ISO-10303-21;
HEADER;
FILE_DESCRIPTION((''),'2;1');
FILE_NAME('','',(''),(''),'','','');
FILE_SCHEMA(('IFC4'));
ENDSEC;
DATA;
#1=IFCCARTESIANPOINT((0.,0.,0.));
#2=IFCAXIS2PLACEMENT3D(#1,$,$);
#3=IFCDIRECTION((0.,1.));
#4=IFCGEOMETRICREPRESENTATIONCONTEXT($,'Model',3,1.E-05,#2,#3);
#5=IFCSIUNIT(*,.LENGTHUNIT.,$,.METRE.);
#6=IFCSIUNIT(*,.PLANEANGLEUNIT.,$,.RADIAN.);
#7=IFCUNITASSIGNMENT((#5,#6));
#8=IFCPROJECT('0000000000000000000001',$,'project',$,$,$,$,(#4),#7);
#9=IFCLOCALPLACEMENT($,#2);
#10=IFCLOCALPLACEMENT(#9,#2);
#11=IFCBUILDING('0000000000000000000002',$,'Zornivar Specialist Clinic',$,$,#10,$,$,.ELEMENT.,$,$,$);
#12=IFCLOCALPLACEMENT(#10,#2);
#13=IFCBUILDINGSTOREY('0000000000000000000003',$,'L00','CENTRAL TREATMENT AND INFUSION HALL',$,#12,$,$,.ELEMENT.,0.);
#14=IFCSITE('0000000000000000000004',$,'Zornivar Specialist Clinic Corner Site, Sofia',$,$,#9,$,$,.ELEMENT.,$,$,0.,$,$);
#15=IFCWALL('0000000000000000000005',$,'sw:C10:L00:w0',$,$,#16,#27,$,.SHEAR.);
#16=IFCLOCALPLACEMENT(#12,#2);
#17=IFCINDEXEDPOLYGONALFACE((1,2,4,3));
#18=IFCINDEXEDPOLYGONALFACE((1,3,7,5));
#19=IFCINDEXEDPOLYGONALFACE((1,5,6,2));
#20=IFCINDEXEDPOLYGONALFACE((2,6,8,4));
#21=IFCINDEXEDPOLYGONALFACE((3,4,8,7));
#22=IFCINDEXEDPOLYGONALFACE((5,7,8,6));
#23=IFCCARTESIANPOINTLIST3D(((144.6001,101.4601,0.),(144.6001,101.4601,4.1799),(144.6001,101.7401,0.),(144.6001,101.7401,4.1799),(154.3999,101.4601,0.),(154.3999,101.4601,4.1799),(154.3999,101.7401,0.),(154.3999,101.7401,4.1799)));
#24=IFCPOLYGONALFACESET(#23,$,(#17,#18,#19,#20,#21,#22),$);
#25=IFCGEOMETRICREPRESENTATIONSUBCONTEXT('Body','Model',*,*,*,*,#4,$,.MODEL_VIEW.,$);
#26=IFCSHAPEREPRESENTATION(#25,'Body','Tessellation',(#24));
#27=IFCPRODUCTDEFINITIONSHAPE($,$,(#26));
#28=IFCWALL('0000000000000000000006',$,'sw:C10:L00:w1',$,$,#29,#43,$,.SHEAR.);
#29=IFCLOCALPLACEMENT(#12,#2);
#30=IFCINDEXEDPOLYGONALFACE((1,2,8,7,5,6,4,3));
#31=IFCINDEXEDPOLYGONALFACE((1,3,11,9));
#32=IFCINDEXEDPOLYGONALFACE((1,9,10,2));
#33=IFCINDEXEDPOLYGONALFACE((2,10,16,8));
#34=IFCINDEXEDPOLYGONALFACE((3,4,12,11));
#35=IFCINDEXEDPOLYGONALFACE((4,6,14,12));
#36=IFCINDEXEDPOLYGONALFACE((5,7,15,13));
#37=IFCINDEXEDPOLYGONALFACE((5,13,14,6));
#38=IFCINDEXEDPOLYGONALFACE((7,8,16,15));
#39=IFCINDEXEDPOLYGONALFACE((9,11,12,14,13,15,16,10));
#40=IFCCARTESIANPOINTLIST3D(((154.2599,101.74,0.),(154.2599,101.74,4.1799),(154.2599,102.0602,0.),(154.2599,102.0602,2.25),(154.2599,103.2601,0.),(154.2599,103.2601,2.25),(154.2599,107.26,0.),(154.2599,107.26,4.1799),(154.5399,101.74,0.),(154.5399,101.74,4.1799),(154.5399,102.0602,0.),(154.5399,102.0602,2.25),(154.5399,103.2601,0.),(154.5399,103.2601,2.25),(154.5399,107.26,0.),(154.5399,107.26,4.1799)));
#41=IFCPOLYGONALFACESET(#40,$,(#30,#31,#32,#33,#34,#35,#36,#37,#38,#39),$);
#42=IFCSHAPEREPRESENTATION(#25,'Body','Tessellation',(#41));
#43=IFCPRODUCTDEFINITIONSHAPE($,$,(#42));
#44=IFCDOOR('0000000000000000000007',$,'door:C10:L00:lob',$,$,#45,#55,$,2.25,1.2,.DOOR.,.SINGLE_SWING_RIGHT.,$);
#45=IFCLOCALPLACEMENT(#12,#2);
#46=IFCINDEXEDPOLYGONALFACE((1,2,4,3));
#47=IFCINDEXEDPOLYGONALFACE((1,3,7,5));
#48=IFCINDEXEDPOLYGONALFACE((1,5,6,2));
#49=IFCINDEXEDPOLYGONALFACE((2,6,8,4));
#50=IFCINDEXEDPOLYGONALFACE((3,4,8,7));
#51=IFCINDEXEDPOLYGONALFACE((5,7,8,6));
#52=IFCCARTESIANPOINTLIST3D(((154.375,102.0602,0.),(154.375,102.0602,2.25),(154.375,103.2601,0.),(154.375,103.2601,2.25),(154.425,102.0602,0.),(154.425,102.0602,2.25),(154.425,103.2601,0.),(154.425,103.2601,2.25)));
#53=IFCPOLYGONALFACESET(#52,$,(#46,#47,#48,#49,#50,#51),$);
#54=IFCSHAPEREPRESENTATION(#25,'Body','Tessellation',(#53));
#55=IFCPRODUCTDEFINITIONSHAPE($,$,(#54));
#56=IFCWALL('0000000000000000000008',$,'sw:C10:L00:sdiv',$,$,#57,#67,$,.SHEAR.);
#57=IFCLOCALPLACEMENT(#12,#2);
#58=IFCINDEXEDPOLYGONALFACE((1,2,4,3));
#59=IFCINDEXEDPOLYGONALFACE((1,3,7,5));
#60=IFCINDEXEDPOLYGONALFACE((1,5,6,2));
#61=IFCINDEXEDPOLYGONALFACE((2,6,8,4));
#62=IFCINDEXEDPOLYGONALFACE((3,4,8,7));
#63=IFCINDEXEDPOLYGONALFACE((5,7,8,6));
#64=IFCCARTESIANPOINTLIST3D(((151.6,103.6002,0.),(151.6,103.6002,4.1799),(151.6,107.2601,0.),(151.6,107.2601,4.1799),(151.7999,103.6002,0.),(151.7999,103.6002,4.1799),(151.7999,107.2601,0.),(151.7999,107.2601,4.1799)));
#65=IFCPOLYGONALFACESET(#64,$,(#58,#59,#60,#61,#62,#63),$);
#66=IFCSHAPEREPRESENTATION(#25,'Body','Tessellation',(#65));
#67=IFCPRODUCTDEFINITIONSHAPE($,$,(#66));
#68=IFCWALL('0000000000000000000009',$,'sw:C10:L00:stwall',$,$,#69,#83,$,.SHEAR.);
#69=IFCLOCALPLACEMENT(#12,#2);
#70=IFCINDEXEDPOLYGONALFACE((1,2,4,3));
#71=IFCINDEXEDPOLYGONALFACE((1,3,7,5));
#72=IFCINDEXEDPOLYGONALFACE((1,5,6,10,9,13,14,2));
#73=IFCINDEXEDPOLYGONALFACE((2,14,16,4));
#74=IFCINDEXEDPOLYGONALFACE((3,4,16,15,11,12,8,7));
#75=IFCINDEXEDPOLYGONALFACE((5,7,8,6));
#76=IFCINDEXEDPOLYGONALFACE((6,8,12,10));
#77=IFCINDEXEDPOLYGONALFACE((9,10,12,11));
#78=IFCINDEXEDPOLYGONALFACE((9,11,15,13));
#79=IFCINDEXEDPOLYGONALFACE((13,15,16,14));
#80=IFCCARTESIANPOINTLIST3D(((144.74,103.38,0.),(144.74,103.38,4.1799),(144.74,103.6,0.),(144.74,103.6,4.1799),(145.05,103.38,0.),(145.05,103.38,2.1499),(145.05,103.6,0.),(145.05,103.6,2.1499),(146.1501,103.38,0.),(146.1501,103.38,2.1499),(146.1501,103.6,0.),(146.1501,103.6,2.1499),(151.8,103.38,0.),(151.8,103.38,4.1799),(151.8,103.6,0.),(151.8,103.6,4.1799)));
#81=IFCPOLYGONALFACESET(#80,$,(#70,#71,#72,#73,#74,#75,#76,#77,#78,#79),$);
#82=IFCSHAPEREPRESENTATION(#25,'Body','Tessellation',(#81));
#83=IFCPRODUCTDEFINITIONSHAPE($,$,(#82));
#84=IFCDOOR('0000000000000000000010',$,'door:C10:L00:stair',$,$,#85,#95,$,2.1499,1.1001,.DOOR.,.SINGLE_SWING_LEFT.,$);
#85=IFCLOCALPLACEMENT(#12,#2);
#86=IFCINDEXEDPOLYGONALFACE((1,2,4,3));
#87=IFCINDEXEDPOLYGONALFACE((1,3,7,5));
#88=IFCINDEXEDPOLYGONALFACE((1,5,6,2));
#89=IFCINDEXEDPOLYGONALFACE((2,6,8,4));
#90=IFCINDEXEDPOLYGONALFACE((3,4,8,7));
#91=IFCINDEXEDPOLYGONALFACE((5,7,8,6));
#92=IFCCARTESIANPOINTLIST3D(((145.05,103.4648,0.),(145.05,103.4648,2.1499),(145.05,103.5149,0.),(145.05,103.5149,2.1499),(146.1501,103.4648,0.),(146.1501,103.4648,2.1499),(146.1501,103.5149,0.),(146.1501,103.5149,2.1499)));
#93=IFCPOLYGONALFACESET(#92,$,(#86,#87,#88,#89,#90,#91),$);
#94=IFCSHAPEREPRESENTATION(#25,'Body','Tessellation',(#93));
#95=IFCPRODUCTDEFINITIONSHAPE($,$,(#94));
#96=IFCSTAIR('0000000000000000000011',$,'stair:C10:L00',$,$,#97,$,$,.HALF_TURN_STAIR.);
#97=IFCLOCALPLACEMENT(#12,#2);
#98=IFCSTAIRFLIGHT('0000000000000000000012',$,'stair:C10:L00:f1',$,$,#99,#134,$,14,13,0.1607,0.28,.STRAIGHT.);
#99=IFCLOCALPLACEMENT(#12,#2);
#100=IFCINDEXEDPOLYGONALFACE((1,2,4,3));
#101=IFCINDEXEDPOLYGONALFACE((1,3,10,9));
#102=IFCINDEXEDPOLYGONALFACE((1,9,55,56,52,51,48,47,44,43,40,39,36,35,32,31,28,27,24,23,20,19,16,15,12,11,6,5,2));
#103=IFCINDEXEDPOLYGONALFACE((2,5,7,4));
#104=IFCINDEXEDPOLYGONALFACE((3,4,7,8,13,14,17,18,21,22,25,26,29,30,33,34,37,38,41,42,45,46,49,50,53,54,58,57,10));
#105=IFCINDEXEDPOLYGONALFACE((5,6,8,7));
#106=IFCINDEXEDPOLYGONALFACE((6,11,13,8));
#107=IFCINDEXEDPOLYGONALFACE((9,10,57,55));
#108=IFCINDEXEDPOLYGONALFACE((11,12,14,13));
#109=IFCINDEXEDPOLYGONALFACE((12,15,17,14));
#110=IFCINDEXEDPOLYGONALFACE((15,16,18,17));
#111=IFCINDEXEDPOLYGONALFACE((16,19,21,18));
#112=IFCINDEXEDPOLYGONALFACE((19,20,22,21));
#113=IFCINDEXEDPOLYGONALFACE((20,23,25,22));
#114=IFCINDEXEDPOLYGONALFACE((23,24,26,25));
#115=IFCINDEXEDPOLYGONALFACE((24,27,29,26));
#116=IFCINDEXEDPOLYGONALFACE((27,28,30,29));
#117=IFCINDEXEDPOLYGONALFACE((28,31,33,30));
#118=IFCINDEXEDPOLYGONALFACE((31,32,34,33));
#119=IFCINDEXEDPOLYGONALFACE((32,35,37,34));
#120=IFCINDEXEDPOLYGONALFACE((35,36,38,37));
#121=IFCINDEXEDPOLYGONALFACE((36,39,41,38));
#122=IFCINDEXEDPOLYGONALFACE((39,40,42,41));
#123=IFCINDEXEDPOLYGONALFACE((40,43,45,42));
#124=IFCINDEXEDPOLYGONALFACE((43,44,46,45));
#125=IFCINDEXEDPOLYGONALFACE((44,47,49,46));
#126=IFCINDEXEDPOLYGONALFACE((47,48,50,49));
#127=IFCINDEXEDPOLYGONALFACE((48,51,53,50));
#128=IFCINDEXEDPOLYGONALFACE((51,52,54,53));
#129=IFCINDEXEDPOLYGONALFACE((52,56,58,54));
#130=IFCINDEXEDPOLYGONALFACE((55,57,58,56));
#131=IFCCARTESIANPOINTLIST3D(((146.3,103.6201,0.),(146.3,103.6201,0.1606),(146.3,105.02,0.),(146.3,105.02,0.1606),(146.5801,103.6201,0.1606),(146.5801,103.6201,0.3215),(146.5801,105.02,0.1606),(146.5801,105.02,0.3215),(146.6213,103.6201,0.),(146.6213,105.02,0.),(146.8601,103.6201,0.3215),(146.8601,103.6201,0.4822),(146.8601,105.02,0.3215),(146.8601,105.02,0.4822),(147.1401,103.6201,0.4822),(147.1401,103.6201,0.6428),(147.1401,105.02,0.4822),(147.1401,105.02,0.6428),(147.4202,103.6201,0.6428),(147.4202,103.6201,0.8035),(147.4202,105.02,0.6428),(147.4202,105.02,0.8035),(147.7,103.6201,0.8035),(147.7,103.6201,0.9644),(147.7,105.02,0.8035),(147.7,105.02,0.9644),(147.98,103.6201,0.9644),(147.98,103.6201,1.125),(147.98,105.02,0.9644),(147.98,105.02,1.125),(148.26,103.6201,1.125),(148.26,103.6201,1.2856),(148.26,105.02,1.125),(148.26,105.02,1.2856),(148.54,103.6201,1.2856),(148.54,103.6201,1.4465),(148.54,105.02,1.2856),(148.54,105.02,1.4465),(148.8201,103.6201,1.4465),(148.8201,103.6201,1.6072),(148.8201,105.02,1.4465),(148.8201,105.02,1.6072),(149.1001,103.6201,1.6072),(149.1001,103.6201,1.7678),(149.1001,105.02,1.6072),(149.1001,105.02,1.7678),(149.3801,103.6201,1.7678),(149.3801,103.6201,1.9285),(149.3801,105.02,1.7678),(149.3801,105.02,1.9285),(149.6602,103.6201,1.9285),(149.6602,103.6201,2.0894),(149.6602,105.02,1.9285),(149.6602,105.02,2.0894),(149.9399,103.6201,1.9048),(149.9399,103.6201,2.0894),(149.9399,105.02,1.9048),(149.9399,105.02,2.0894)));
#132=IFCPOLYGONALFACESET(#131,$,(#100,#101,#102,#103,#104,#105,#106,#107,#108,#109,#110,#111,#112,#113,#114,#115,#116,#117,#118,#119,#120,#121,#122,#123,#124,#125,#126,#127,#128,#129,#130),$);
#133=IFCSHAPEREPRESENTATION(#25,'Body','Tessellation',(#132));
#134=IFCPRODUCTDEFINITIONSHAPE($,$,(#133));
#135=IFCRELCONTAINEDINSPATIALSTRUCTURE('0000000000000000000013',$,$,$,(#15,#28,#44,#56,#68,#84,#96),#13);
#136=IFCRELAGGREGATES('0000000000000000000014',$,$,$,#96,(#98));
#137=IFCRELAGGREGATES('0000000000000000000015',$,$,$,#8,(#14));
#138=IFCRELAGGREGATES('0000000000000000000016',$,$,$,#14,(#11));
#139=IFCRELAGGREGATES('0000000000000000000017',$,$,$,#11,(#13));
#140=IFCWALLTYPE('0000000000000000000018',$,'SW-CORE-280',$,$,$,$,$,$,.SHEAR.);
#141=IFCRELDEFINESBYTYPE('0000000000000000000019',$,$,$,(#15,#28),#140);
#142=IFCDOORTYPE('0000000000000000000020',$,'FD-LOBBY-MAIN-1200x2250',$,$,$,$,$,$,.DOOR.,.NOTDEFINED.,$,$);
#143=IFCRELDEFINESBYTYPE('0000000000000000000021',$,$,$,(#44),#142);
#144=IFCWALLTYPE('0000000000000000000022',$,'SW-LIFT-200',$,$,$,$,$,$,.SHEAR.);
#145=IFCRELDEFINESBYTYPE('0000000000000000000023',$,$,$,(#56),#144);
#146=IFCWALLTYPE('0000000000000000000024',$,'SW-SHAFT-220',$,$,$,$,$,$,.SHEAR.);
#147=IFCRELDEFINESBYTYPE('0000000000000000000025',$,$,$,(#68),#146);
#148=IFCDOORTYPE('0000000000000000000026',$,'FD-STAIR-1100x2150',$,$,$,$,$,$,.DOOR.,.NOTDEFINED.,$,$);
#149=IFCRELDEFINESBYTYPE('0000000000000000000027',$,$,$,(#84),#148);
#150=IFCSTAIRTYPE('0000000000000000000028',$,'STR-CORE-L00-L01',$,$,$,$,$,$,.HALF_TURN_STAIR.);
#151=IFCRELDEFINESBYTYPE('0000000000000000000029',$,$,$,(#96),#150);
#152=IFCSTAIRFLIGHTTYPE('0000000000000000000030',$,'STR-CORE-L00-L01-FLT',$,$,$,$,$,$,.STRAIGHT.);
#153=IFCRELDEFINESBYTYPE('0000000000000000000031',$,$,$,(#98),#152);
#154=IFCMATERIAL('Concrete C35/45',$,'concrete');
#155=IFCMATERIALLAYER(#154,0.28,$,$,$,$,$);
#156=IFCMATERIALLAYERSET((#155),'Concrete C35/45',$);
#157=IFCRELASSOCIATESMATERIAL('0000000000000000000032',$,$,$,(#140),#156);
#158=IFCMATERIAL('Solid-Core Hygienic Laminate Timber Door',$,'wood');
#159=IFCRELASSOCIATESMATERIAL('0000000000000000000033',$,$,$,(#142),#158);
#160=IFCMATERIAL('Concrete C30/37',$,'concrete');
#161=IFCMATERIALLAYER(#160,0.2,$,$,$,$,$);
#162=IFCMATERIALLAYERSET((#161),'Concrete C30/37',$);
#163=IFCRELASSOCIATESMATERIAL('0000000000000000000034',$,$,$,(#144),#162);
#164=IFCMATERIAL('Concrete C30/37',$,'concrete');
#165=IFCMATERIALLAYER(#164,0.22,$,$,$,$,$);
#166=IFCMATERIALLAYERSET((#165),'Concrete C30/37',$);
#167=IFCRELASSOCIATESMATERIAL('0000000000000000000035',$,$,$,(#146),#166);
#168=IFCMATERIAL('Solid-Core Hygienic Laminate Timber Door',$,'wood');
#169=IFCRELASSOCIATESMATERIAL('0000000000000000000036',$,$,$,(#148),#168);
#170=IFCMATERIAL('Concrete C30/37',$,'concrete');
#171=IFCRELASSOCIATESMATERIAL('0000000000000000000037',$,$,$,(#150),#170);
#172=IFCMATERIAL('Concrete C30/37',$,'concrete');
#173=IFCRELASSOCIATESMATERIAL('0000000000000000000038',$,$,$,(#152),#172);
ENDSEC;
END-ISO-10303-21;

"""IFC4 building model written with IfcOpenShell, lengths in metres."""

from ifc_helpers import new_model, si_unit, direction, frame, frame_2d, origin, place, context, subcontext, project, spatial, polyline, rectangle, outline, extrude, material, layer, layer_set, type_object, element, fill, aggregate, save


model = new_model("IFC4")

# Units and contexts
model_context = context("Model", 3, precision=1e-05, world=origin(), true_north=direction((0.0, 1.0)))
body_context = subcontext(model_context, "Body", "Model", "MODEL_VIEW")
ifc_project = project(units=[si_unit("LENGTHUNIT", "METRE"), si_unit("PLANEANGLEUNIT", "RADIAN")], contexts=[model_context])

# Site, building, storey
site_placement = place(None, origin())
site = spatial("IfcSite", under=ifc_project, at=site_placement, Name="Zornivar Specialist Clinic Corner Site, Sofia", CompositionType="ELEMENT", RefElevation=0.0)
building_placement = place(site_placement, origin())
building = spatial("IfcBuilding", under=site, at=building_placement, Name="Zornivar Specialist Clinic", CompositionType="ELEMENT")
storey_placement = place(building_placement, origin())
storey = spatial("IfcBuildingStorey", under=building, at=storey_placement, Name="L00", Description="CENTRAL TREATMENT AND INFUSION HALL", CompositionType="ELEMENT", Elevation=0.0)

# Wall
ifc_material_1 = material(Name="Concrete C35/45", Category="concrete")
ifc_layer_1 = layer(ifc_material_1, 0.28)
ifc_layer_set_1 = layer_set([ifc_layer_1], Name="Concrete C35/45")
wall_type_1 = type_object("IfcWallType", Name="SW-CORE-280", PredefinedType="SHEAR", material=ifc_layer_set_1)
wall_1_placement = place(storey_placement, frame((144.6001, 101.6001, 0.0), z_axis=(0.0, 0.0, 1.0), x_axis=(1.0, 0.0, 0.0)))
element("IfcWall", 1, at=wall_1_placement, inside=storey, type_object=wall_type_1, Name="sw:C10:L00:w0", PredefinedType="SHEAR", context=body_context, shape_type="SweptSolid", body=[
    extrude(rectangle(XDim=9.7998, YDim=0.28, at=frame_2d((4.8999, 0.0))), origin(), (0.0, 0.0, 1.0), 4.1799),
])

# Wall, opening, door
wall_2_placement = place(storey_placement, frame((154.3999, 101.74, 0.0), z_axis=(0.0, 0.0, 1.0), x_axis=(0.0, 1.0, 0.0)))
wall_2 = element("IfcWall", 2, at=wall_2_placement, inside=storey, type_object=wall_type_1, Name="sw:C10:L00:w1", PredefinedType="SHEAR", context=body_context, shape_type="SweptSolid", body=[
    extrude(rectangle(XDim=5.52, YDim=0.28, at=frame_2d((2.76, 0.0))), origin(), (0.0, 0.0, 1.0), 4.1799),
])
opening_1_placement = place(wall_2_placement, frame((0.3201, 0.0, 0.0)))
opening_1 = element("IfcOpeningElement", 3, at=opening_1_placement, cuts=wall_2, PredefinedType="OPENING", context=body_context, shape_type="SweptSolid", body=[
    extrude(rectangle(XDim=1.2, YDim=2.25, at=frame_2d((0.6001, 1.125))), frame((0.0, 0.1499, 0.0), z_axis=(0.0, -1.0, 0.0), x_axis=(1.0, 0.0, 0.0)), (0.0, 0.0, 1.0), 0.3),
])
ifc_material_2 = material(Name="Solid-Core Hygienic Laminate Timber Door", Category="wood")
door_type_1 = type_object("IfcDoorType", Name="FD-LOBBY-MAIN-1200x2250", OperationType="NOTDEFINED", PredefinedType="DOOR", material=ifc_material_2)
door_1_placement = place(opening_1_placement, origin())
door_1 = element("IfcDoor", 4, at=door_1_placement, inside=storey, type_object=door_type_1, Name="door:C10:L00:lob", OperationType="SINGLE_SWING_RIGHT", OverallHeight=2.25, OverallWidth=1.2, PredefinedType="DOOR", context=body_context, shape_type="SweptSolid", body=[
    extrude(rectangle(XDim=1.2, YDim=2.25, at=frame_2d((0.6001, 1.125))), frame((0.0, 0.0249, 0.0), z_axis=(0.0, -1.0, 0.0), x_axis=(1.0, 0.0, 0.0)), (0.0, 0.0, 1.0), 0.05),
])
fill(opening_1, door_1)

# Wall
ifc_material_3 = material(Name="Concrete C30/37", Category="concrete")
ifc_layer_2 = layer(ifc_material_3, 0.2)
ifc_layer_set_2 = layer_set([ifc_layer_2], Name="Concrete C30/37")
wall_type_2 = type_object("IfcWallType", Name="SW-LIFT-200", PredefinedType="SHEAR", material=ifc_layer_set_2)
wall_3_placement = place(storey_placement, frame((151.7, 103.6001, 0.0), z_axis=(0.0, 0.0, 1.0), x_axis=(0.0, 1.0, 0.0)))
element("IfcWall", 5, at=wall_3_placement, inside=storey, type_object=wall_type_2, Name="sw:C10:L00:sdiv", PredefinedType="SHEAR", context=body_context, shape_type="SweptSolid", body=[
    extrude(rectangle(XDim=3.6599, YDim=0.2, at=frame_2d((1.8301, 0.0))), origin(), (0.0, 0.0, 1.0), 4.1799),
])

# Wall, opening, door
ifc_material_4 = material(Name="Concrete C30/37", Category="concrete")
ifc_layer_3 = layer(ifc_material_4, 0.22)
ifc_layer_set_3 = layer_set([ifc_layer_3], Name="Concrete C30/37")
wall_type_3 = type_object("IfcWallType", Name="SW-SHAFT-220", PredefinedType="SHEAR", material=ifc_layer_set_3)
wall_4_placement = place(storey_placement, frame((144.74, 103.49, 0.0), z_axis=(0.0, 0.0, 1.0), x_axis=(1.0, 0.0, 0.0)))
wall_4 = element("IfcWall", 6, at=wall_4_placement, inside=storey, type_object=wall_type_3, Name="sw:C10:L00:stwall", PredefinedType="SHEAR", context=body_context, shape_type="SweptSolid", body=[
    extrude(rectangle(XDim=7.0601, YDim=0.22, at=frame_2d((3.53, 0.0))), origin(), (0.0, 0.0, 1.0), 4.1799),
])
opening_2_placement = place(wall_4_placement, frame((0.3101, 0.0, 0.0)))
opening_2 = element("IfcOpeningElement", 7, at=opening_2_placement, cuts=wall_4, PredefinedType="OPENING", context=body_context, shape_type="SweptSolid", body=[
    extrude(rectangle(XDim=1.1001, YDim=2.1499, at=frame_2d((0.55, 1.075))), frame((0.0, 0.1199, 0.0), z_axis=(0.0, -1.0, 0.0), x_axis=(1.0, 0.0, 0.0)), (0.0, 0.0, 1.0), 0.24),
])
ifc_material_5 = material(Name="Solid-Core Hygienic Laminate Timber Door", Category="wood")
door_type_2 = type_object("IfcDoorType", Name="FD-STAIR-1100x2150", OperationType="NOTDEFINED", PredefinedType="DOOR", material=ifc_material_5)
door_2_placement = place(opening_2_placement, origin())
door_2 = element("IfcDoor", 8, at=door_2_placement, inside=storey, type_object=door_type_2, Name="door:C10:L00:stair", OperationType="SINGLE_SWING_LEFT", OverallHeight=2.1499, OverallWidth=1.1001, PredefinedType="DOOR", context=body_context, shape_type="SweptSolid", body=[
    extrude(rectangle(XDim=1.1001, YDim=2.1499, at=frame_2d((0.55, 1.075))), frame((0.0, 0.0249, 0.0), z_axis=(0.0, -1.0, 0.0), x_axis=(1.0, 0.0, 0.0)), (0.0, 0.0, 1.0), 0.05),
])
fill(opening_2, door_2)

# Stair, stair flight
ifc_material_6 = material(Name="Concrete C30/37", Category="concrete")
stair_type = type_object("IfcStairType", Name="STR-CORE-L00-L01", PredefinedType="HALF_TURN_STAIR", material=ifc_material_6)
stair_placement = place(storey_placement, origin())
stair = element("IfcStair", 9, at=stair_placement, inside=storey, type_object=stair_type, Name="stair:C10:L00", PredefinedType="HALF_TURN_STAIR")
ifc_material_7 = material(Name="Concrete C30/37", Category="concrete")
stair_flight_type = type_object("IfcStairFlightType", Name="STR-CORE-L00-L01-FLT", PredefinedType="STRAIGHT", material=ifc_material_7)
stair_flight_placement = place(storey_placement, frame((146.3, 104.3201, 0.0), z_axis=(0.0, 0.0, 1.0), x_axis=(1.0, 0.0, 0.0)))
stair_flight = element("IfcStairFlight", 10, at=stair_flight_placement, type_object=stair_flight_type, Name="stair:C10:L00:f1", NumberOfRisers=14, NumberOfTreads=13, PredefinedType="STRAIGHT", RiserHeight=0.1607, TreadLength=0.28, context=body_context, shape_type="SweptSolid", body=[
    extrude(outline(polyline([(0.0, 0.0), (0.0, 0.1606), (0.28, 0.1606), (0.28, 0.3215), (0.5601, 0.3215), (0.5601, 0.4822), (0.8401, 0.4822), (0.8401, 0.6428), (1.1201, 0.6428), (1.1201, 0.8035), (1.3999, 0.8035), (1.3999, 0.9644), (1.6799, 0.9644), (1.6799, 1.125), (1.96, 1.125), (1.96, 1.2856), (2.24, 1.2856), (2.24, 1.4465), (2.52, 1.4465), (2.52, 1.6072), (2.8, 1.6072), (2.8, 1.7678), (3.0801, 1.7678), (3.0801, 1.9285), (3.3601, 1.9285), (3.3601, 2.0894), (3.6399, 2.0894), (3.6399, 2.25), (3.6399, 1.9048), (0.3213, 0.0), (0.0, 0.0)])), frame((0.0, 0.7, 0.0), z_axis=(0.0, -1.0, 0.0), x_axis=(1.0, 0.0, 0.0)), (0.0, 0.0, 1.0), 1.3999),
])
aggregate(stair, [stair_flight])

save(model, "model.ifc")
